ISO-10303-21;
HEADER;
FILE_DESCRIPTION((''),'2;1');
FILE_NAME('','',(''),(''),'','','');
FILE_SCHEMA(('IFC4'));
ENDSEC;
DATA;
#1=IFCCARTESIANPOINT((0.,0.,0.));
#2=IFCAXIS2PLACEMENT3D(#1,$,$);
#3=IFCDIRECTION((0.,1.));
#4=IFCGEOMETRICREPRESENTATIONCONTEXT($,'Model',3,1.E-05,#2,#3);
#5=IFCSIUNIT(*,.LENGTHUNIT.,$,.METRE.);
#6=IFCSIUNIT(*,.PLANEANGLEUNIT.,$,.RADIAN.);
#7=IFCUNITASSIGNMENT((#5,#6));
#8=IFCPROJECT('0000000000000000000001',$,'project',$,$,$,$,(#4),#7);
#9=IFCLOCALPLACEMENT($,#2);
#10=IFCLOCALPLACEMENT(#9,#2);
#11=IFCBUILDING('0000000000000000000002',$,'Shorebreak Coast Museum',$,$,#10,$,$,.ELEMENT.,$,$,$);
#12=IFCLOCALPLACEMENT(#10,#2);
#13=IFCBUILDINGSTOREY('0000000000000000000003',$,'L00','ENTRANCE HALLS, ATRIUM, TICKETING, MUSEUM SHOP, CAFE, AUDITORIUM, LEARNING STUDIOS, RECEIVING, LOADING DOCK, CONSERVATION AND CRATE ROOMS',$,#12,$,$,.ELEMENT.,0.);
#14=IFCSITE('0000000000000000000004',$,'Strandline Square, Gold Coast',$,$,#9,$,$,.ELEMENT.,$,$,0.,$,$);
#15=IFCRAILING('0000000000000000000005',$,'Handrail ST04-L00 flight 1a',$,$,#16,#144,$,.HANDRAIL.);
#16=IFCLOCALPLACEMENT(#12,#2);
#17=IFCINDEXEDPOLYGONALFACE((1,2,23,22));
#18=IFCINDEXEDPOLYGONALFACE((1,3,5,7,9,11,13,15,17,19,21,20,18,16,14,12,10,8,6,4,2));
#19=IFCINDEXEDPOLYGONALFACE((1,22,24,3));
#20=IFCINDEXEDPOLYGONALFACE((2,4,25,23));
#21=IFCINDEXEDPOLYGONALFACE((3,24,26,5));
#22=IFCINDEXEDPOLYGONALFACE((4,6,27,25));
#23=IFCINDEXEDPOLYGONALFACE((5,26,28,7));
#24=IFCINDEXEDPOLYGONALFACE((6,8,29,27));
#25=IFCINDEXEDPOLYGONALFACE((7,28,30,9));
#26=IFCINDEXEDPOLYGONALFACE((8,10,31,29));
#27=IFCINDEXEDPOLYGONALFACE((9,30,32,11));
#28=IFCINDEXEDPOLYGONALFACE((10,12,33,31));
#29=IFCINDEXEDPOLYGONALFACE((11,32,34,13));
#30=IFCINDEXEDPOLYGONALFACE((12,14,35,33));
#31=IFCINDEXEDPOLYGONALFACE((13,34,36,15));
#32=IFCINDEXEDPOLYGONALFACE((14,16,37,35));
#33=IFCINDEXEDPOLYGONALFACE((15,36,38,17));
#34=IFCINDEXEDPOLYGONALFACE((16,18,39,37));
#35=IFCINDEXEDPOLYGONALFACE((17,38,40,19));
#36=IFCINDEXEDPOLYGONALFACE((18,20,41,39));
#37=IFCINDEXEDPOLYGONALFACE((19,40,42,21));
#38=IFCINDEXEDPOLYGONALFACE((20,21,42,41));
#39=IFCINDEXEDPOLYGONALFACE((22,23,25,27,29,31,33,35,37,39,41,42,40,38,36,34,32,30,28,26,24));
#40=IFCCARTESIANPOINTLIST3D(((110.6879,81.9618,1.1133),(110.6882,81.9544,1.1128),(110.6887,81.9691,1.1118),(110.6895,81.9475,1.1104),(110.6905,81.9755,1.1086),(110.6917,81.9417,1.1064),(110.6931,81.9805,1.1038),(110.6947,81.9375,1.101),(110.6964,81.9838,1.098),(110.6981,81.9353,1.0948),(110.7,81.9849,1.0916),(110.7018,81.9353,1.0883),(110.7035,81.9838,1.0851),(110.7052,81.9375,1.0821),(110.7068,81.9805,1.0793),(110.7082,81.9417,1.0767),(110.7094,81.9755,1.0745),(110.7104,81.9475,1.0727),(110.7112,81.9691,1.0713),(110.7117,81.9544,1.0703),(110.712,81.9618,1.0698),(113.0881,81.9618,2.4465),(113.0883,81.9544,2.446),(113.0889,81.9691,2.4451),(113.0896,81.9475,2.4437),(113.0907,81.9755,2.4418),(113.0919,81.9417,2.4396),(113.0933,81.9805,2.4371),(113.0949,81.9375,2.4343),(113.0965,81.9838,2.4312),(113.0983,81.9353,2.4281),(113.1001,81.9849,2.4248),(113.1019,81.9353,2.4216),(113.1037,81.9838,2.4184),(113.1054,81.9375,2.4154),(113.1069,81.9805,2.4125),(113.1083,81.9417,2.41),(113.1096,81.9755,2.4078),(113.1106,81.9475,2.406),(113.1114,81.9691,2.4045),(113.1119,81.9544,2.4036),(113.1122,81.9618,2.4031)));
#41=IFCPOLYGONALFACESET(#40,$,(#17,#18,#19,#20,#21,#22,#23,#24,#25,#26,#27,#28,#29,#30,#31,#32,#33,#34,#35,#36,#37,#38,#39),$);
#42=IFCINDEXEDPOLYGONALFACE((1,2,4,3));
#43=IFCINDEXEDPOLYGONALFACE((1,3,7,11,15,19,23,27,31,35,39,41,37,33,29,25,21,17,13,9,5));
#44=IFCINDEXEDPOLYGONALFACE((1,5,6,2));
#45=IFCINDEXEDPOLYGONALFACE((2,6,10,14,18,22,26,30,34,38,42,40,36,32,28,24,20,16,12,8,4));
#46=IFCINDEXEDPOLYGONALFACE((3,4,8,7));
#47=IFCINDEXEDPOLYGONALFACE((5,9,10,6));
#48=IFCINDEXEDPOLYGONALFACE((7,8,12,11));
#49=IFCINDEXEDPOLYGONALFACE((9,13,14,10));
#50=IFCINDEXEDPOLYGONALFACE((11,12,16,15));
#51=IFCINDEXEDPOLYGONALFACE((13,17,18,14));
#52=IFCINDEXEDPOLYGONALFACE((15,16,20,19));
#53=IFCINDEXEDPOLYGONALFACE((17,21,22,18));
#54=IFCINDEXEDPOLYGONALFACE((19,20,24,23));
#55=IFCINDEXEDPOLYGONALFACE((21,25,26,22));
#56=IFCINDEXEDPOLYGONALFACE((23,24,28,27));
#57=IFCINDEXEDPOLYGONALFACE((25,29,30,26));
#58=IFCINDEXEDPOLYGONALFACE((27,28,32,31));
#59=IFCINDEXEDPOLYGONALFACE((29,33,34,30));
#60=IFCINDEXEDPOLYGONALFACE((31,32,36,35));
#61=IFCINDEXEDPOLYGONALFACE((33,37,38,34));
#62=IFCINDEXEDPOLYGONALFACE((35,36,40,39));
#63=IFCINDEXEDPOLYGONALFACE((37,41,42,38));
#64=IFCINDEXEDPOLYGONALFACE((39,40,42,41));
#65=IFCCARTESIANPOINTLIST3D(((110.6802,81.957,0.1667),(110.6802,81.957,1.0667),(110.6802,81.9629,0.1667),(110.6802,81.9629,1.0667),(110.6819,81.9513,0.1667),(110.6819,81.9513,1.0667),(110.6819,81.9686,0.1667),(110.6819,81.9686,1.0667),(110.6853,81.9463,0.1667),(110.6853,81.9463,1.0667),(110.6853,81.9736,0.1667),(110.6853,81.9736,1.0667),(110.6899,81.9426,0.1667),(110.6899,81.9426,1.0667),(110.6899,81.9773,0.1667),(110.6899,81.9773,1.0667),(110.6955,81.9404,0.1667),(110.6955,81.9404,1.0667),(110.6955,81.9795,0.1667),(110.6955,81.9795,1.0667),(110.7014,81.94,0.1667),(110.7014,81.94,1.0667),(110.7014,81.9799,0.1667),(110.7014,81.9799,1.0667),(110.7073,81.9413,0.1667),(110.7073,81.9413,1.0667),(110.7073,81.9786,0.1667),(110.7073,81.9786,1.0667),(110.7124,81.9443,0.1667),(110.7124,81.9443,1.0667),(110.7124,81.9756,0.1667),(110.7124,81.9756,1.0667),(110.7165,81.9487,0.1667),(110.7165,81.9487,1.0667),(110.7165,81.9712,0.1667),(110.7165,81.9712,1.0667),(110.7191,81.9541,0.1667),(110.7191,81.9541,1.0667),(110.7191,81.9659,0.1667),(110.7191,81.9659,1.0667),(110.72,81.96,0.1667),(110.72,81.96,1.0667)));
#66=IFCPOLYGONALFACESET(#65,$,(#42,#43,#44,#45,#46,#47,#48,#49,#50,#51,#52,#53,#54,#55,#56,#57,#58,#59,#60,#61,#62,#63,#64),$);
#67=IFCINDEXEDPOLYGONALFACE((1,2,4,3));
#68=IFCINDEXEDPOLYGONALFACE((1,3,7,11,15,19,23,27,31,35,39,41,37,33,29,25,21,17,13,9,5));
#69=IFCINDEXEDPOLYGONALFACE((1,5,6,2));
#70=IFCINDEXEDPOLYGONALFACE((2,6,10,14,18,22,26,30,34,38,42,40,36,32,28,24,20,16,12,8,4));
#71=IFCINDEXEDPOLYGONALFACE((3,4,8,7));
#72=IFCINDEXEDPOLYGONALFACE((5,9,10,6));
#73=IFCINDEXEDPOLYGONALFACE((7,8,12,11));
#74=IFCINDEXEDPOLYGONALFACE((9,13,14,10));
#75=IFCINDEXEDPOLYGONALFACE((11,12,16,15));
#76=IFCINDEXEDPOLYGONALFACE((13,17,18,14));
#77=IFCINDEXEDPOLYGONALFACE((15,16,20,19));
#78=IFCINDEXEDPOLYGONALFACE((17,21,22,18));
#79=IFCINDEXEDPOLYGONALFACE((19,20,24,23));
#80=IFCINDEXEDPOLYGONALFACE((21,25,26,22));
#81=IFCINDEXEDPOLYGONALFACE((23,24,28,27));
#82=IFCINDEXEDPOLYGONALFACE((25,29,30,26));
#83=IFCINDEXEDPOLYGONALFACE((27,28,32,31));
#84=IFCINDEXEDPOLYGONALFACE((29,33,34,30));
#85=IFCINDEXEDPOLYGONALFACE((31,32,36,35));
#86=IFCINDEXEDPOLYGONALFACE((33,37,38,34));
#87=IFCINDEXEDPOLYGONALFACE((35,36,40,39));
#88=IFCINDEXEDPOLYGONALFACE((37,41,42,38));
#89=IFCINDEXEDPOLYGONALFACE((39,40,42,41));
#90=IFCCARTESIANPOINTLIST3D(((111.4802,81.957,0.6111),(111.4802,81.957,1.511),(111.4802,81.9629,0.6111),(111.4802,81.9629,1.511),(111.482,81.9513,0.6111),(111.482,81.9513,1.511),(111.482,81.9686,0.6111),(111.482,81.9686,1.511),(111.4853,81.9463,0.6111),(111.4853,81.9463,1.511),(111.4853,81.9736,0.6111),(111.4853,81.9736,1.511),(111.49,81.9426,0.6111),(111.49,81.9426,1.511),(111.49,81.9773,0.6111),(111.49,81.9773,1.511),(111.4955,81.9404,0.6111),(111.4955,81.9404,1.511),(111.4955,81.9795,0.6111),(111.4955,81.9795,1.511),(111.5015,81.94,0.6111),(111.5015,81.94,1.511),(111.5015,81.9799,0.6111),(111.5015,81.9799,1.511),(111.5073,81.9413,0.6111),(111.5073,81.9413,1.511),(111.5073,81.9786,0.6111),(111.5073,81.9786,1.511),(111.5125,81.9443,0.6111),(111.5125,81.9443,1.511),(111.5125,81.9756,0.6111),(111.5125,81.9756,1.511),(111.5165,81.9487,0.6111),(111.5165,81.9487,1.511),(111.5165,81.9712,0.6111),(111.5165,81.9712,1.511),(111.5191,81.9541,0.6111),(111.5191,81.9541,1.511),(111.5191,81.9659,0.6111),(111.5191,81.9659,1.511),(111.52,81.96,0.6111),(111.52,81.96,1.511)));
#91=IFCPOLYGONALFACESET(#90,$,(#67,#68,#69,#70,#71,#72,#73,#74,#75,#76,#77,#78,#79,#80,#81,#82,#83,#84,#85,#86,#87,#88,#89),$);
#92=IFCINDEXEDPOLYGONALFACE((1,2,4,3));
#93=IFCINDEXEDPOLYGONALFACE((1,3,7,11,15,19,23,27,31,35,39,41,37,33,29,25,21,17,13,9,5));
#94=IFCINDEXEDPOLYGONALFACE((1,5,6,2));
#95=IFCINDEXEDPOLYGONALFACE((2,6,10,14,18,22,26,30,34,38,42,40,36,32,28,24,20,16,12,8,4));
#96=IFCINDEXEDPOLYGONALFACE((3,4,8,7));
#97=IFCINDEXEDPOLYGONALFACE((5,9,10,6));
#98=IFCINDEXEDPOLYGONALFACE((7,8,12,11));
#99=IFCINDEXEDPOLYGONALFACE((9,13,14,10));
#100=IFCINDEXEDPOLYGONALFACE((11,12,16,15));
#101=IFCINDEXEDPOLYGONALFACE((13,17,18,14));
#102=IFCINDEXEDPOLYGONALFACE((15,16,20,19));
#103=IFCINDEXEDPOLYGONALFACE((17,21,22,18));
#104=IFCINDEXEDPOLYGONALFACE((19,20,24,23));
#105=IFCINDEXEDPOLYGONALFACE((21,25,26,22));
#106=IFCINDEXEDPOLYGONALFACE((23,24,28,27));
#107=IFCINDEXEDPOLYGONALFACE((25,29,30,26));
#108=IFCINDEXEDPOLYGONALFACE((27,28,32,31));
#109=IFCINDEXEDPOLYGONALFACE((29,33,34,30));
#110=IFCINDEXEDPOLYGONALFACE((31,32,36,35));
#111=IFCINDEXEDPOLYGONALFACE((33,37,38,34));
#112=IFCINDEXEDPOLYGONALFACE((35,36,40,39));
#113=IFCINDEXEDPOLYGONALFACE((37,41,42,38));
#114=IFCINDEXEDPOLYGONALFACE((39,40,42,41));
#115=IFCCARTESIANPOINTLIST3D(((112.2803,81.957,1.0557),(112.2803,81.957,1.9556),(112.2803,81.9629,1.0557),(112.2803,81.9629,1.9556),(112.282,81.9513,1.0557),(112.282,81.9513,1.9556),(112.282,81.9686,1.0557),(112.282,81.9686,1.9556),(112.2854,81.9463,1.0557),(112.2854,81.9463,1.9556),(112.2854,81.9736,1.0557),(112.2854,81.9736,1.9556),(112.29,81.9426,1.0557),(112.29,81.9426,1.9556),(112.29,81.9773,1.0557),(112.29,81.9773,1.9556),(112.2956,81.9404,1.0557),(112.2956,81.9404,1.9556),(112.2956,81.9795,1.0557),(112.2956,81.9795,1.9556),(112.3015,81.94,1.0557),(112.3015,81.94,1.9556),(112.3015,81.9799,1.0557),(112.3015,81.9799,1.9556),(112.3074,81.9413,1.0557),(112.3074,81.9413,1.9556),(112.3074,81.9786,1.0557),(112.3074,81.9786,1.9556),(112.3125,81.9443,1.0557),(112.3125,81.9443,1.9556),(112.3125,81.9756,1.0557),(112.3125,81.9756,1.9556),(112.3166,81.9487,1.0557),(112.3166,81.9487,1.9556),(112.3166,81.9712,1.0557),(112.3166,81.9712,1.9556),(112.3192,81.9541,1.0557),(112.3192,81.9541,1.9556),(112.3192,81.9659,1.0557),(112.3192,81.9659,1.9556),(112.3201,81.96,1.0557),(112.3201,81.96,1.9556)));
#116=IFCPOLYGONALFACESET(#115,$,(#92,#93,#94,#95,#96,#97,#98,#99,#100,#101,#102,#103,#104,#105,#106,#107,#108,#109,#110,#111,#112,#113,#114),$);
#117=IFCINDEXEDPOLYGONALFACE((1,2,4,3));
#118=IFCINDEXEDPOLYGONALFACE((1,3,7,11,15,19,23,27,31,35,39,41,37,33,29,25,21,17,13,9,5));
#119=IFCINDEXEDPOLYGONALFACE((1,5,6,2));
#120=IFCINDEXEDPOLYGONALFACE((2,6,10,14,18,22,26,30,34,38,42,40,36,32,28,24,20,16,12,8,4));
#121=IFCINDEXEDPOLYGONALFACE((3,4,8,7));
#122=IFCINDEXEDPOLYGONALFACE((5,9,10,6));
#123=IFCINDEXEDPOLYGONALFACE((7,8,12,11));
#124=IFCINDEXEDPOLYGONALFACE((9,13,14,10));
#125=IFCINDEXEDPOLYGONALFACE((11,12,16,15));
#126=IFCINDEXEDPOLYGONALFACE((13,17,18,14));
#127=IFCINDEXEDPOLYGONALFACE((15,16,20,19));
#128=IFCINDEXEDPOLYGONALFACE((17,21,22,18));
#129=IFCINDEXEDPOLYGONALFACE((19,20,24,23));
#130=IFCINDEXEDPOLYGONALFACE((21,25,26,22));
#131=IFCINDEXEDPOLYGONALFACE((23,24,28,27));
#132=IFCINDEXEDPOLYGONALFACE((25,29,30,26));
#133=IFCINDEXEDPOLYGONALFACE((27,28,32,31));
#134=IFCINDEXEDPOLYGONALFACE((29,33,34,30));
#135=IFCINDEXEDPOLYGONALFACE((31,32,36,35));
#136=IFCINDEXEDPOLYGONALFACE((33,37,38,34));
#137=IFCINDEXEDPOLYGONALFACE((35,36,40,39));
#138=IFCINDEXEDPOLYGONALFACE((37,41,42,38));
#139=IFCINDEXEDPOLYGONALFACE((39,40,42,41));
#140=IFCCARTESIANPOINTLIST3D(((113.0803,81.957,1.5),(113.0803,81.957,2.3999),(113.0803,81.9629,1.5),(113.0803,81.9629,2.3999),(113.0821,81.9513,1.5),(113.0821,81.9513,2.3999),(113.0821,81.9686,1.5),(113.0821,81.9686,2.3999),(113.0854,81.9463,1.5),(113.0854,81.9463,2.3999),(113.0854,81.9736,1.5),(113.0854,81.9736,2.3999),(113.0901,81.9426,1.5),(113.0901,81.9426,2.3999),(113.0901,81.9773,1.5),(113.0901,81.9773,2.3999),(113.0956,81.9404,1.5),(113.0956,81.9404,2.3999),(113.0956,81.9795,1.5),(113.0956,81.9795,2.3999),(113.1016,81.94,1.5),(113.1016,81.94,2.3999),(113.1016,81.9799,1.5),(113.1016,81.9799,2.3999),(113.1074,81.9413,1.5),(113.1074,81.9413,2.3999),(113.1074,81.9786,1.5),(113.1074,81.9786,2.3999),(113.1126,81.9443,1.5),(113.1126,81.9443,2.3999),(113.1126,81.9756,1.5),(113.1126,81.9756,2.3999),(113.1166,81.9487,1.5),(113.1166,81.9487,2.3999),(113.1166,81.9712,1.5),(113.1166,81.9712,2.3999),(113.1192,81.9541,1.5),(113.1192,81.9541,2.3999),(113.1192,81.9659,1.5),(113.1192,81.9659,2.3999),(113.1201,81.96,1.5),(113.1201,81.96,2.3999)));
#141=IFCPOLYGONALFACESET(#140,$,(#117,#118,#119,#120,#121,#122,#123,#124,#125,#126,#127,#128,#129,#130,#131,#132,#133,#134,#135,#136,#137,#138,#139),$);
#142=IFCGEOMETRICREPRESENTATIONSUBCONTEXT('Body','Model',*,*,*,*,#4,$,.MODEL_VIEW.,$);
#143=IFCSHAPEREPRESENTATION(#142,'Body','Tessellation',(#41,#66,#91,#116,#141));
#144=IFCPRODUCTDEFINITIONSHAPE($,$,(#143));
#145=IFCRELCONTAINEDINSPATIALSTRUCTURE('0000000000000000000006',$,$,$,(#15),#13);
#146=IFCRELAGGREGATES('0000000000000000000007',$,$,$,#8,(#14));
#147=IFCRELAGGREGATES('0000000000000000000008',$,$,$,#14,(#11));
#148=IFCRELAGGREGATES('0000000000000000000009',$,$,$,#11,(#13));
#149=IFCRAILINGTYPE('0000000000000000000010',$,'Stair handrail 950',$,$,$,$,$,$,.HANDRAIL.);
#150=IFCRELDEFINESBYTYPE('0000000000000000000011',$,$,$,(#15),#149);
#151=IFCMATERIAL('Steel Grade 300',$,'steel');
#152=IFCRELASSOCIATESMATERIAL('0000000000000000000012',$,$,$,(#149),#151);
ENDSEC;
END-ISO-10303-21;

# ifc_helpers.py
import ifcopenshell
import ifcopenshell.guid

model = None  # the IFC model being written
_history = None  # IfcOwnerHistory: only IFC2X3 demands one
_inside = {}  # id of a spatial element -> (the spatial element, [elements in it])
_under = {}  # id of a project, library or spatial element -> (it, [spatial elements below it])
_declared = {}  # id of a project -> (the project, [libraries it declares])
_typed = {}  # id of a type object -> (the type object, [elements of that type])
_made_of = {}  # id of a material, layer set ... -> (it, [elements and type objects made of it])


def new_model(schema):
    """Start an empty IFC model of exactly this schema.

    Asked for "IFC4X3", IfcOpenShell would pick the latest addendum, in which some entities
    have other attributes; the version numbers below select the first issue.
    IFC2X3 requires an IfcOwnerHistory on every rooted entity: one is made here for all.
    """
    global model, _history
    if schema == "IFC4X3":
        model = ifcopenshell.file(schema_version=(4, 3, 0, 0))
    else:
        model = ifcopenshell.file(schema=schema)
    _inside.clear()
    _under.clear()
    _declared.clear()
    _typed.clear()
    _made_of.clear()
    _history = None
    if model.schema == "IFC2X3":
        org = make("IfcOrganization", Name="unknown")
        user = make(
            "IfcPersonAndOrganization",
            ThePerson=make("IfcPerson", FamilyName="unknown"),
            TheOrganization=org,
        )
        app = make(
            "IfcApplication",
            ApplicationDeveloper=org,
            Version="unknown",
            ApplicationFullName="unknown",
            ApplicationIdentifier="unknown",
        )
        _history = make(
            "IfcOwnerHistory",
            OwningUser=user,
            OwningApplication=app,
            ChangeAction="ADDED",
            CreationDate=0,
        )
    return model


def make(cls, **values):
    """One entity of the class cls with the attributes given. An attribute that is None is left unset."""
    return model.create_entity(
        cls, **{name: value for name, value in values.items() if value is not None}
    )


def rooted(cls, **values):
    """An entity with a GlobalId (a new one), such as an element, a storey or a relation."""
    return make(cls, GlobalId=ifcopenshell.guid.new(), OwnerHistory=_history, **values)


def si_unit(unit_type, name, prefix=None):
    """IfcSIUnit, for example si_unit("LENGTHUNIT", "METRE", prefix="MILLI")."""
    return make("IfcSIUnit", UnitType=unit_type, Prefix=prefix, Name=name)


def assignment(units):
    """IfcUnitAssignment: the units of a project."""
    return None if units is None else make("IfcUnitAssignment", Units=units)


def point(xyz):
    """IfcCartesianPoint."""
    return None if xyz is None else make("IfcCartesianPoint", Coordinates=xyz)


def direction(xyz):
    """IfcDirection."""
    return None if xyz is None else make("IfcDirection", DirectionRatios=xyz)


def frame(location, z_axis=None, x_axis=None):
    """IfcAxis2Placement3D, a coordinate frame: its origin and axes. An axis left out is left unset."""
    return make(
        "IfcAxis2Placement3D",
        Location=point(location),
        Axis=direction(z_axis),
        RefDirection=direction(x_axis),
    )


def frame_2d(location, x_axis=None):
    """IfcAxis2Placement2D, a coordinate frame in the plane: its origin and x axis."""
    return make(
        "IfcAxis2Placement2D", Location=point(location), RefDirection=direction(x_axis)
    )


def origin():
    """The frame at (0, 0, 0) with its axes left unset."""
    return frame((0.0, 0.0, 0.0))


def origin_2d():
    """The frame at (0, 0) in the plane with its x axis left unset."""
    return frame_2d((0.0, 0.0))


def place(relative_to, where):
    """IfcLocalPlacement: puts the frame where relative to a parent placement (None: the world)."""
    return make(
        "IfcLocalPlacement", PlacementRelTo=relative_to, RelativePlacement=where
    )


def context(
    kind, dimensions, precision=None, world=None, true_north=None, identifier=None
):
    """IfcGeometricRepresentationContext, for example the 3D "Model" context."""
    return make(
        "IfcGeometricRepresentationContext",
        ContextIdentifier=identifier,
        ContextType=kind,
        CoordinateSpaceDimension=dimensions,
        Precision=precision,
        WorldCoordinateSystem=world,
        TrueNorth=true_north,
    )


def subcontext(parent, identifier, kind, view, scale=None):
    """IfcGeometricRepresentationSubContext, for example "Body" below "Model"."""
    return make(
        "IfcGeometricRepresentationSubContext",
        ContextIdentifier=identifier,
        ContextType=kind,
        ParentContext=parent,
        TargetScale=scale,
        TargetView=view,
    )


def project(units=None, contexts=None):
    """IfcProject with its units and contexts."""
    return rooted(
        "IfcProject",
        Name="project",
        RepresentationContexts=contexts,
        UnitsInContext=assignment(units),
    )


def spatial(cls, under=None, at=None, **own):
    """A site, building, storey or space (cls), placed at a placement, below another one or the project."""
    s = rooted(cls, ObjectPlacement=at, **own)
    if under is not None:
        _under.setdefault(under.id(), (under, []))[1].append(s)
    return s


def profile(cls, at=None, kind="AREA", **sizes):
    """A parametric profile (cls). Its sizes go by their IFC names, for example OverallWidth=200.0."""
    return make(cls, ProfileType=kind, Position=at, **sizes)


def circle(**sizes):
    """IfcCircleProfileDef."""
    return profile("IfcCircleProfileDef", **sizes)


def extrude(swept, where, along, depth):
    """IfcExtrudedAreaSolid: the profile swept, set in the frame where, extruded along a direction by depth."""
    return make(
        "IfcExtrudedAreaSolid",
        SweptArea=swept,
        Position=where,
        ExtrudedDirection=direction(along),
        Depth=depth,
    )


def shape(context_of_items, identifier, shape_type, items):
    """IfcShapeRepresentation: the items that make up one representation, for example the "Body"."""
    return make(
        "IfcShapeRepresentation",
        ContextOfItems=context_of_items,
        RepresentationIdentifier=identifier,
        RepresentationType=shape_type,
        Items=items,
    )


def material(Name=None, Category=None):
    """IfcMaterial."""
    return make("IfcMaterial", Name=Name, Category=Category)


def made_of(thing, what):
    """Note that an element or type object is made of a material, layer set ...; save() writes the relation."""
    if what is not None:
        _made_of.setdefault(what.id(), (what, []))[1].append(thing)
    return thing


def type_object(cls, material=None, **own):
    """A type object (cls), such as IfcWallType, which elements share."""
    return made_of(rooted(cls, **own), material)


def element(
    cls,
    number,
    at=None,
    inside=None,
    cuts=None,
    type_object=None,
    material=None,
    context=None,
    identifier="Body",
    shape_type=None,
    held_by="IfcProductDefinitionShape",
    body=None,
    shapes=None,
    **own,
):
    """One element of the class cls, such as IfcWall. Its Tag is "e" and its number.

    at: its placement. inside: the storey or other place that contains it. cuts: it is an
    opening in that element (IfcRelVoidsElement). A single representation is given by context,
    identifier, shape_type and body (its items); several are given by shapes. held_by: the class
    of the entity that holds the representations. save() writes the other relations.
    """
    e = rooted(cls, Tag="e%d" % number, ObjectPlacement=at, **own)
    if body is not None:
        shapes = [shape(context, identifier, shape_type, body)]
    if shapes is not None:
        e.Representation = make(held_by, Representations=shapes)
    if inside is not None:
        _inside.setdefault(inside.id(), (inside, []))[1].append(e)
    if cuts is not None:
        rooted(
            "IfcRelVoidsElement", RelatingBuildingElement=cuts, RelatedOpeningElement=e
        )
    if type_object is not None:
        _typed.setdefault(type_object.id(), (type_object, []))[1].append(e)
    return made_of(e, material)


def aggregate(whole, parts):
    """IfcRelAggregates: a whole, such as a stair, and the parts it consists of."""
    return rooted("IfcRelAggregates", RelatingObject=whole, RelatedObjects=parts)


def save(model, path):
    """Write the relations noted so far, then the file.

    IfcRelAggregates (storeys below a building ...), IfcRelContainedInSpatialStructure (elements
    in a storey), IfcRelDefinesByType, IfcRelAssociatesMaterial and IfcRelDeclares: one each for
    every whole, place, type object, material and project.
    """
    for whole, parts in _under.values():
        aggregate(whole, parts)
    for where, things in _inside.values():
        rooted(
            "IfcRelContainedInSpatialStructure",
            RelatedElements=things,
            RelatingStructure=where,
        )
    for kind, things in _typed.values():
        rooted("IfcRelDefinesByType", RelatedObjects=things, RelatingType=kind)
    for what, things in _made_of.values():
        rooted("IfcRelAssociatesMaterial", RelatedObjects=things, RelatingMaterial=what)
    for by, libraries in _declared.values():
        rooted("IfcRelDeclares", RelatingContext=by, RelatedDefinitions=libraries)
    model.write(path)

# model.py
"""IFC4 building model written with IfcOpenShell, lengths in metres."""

from ifc_helpers import new_model, si_unit, direction, frame, origin, origin_2d, place, context, subcontext, project, spatial, circle, extrude, material, type_object, element, save


model = new_model("IFC4")

# Units and contexts
model_context = context("Model", 3, precision=1e-05, world=origin(), true_north=direction((0.0, 1.0)))
body_context = subcontext(model_context, "Body", "Model", "MODEL_VIEW")
ifc_project = project(units=[si_unit("LENGTHUNIT", "METRE"), si_unit("PLANEANGLEUNIT", "RADIAN")], contexts=[model_context])

# Site, building, storey
site_placement = place(None, origin())
site = spatial("IfcSite", under=ifc_project, at=site_placement, Name="Strandline Square, Gold Coast", CompositionType="ELEMENT", RefElevation=0.0)
building_placement = place(site_placement, origin())
building = spatial("IfcBuilding", under=site, at=building_placement, Name="Shorebreak Coast Museum", CompositionType="ELEMENT")
storey_placement = place(building_placement, origin())
storey = spatial("IfcBuildingStorey", under=building, at=storey_placement, Name="L00", Description="ENTRANCE HALLS, ATRIUM, TICKETING, MUSEUM SHOP, CAFE, AUDITORIUM, LEARNING STUDIOS, RECEIVING, LOADING DOCK, CONSERVATION AND CRATE ROOMS", CompositionType="ELEMENT", Elevation=0.0)

# Railing
ifc_material_1 = material(Name="Steel Grade 300", Category="steel")
railing_type_1 = type_object("IfcRailingType", Name="Stair handrail 950", PredefinedType="HANDRAIL", material=ifc_material_1)
for number, where, name in (
    (1, (110.7, 81.96, 0.1667), "Handrail ST04-L00 flight 1a"),
):
    element("IfcRailing", number, at=place(storey_placement, frame(where)), inside=storey, type_object=railing_type_1, Name=name, PredefinedType="HANDRAIL", context=body_context, shape_type="SweptSolid", body=[
        extrude(circle(Radius=0.0249, at=origin_2d()), frame((0.0, 0.0, 0.9248), z_axis=(0.874182, 0.0, 0.485598), x_axis=(0.0, 1.0, 0.0)), (0.0, 0.0, 1.0), 2.7456),
        extrude(circle(Radius=0.02, at=origin_2d()), origin(), (0.0, 0.0, 1.0), 0.8999),
        extrude(circle(Radius=0.02, at=origin_2d()), frame((0.8, 0.0, 0.4443)), (0.0, 0.0, 1.0), 0.8999),
        extrude(circle(Radius=0.02, at=origin_2d()), frame((1.6001, 0.0, 0.8889)), (0.0, 0.0, 1.0), 0.8999),
        extrude(circle(Radius=0.02, at=origin_2d()), frame((2.4001, 0.0, 1.3333)), (0.0, 0.0, 1.0), 0.8999),
    ])

save(model, "model.ifc")
